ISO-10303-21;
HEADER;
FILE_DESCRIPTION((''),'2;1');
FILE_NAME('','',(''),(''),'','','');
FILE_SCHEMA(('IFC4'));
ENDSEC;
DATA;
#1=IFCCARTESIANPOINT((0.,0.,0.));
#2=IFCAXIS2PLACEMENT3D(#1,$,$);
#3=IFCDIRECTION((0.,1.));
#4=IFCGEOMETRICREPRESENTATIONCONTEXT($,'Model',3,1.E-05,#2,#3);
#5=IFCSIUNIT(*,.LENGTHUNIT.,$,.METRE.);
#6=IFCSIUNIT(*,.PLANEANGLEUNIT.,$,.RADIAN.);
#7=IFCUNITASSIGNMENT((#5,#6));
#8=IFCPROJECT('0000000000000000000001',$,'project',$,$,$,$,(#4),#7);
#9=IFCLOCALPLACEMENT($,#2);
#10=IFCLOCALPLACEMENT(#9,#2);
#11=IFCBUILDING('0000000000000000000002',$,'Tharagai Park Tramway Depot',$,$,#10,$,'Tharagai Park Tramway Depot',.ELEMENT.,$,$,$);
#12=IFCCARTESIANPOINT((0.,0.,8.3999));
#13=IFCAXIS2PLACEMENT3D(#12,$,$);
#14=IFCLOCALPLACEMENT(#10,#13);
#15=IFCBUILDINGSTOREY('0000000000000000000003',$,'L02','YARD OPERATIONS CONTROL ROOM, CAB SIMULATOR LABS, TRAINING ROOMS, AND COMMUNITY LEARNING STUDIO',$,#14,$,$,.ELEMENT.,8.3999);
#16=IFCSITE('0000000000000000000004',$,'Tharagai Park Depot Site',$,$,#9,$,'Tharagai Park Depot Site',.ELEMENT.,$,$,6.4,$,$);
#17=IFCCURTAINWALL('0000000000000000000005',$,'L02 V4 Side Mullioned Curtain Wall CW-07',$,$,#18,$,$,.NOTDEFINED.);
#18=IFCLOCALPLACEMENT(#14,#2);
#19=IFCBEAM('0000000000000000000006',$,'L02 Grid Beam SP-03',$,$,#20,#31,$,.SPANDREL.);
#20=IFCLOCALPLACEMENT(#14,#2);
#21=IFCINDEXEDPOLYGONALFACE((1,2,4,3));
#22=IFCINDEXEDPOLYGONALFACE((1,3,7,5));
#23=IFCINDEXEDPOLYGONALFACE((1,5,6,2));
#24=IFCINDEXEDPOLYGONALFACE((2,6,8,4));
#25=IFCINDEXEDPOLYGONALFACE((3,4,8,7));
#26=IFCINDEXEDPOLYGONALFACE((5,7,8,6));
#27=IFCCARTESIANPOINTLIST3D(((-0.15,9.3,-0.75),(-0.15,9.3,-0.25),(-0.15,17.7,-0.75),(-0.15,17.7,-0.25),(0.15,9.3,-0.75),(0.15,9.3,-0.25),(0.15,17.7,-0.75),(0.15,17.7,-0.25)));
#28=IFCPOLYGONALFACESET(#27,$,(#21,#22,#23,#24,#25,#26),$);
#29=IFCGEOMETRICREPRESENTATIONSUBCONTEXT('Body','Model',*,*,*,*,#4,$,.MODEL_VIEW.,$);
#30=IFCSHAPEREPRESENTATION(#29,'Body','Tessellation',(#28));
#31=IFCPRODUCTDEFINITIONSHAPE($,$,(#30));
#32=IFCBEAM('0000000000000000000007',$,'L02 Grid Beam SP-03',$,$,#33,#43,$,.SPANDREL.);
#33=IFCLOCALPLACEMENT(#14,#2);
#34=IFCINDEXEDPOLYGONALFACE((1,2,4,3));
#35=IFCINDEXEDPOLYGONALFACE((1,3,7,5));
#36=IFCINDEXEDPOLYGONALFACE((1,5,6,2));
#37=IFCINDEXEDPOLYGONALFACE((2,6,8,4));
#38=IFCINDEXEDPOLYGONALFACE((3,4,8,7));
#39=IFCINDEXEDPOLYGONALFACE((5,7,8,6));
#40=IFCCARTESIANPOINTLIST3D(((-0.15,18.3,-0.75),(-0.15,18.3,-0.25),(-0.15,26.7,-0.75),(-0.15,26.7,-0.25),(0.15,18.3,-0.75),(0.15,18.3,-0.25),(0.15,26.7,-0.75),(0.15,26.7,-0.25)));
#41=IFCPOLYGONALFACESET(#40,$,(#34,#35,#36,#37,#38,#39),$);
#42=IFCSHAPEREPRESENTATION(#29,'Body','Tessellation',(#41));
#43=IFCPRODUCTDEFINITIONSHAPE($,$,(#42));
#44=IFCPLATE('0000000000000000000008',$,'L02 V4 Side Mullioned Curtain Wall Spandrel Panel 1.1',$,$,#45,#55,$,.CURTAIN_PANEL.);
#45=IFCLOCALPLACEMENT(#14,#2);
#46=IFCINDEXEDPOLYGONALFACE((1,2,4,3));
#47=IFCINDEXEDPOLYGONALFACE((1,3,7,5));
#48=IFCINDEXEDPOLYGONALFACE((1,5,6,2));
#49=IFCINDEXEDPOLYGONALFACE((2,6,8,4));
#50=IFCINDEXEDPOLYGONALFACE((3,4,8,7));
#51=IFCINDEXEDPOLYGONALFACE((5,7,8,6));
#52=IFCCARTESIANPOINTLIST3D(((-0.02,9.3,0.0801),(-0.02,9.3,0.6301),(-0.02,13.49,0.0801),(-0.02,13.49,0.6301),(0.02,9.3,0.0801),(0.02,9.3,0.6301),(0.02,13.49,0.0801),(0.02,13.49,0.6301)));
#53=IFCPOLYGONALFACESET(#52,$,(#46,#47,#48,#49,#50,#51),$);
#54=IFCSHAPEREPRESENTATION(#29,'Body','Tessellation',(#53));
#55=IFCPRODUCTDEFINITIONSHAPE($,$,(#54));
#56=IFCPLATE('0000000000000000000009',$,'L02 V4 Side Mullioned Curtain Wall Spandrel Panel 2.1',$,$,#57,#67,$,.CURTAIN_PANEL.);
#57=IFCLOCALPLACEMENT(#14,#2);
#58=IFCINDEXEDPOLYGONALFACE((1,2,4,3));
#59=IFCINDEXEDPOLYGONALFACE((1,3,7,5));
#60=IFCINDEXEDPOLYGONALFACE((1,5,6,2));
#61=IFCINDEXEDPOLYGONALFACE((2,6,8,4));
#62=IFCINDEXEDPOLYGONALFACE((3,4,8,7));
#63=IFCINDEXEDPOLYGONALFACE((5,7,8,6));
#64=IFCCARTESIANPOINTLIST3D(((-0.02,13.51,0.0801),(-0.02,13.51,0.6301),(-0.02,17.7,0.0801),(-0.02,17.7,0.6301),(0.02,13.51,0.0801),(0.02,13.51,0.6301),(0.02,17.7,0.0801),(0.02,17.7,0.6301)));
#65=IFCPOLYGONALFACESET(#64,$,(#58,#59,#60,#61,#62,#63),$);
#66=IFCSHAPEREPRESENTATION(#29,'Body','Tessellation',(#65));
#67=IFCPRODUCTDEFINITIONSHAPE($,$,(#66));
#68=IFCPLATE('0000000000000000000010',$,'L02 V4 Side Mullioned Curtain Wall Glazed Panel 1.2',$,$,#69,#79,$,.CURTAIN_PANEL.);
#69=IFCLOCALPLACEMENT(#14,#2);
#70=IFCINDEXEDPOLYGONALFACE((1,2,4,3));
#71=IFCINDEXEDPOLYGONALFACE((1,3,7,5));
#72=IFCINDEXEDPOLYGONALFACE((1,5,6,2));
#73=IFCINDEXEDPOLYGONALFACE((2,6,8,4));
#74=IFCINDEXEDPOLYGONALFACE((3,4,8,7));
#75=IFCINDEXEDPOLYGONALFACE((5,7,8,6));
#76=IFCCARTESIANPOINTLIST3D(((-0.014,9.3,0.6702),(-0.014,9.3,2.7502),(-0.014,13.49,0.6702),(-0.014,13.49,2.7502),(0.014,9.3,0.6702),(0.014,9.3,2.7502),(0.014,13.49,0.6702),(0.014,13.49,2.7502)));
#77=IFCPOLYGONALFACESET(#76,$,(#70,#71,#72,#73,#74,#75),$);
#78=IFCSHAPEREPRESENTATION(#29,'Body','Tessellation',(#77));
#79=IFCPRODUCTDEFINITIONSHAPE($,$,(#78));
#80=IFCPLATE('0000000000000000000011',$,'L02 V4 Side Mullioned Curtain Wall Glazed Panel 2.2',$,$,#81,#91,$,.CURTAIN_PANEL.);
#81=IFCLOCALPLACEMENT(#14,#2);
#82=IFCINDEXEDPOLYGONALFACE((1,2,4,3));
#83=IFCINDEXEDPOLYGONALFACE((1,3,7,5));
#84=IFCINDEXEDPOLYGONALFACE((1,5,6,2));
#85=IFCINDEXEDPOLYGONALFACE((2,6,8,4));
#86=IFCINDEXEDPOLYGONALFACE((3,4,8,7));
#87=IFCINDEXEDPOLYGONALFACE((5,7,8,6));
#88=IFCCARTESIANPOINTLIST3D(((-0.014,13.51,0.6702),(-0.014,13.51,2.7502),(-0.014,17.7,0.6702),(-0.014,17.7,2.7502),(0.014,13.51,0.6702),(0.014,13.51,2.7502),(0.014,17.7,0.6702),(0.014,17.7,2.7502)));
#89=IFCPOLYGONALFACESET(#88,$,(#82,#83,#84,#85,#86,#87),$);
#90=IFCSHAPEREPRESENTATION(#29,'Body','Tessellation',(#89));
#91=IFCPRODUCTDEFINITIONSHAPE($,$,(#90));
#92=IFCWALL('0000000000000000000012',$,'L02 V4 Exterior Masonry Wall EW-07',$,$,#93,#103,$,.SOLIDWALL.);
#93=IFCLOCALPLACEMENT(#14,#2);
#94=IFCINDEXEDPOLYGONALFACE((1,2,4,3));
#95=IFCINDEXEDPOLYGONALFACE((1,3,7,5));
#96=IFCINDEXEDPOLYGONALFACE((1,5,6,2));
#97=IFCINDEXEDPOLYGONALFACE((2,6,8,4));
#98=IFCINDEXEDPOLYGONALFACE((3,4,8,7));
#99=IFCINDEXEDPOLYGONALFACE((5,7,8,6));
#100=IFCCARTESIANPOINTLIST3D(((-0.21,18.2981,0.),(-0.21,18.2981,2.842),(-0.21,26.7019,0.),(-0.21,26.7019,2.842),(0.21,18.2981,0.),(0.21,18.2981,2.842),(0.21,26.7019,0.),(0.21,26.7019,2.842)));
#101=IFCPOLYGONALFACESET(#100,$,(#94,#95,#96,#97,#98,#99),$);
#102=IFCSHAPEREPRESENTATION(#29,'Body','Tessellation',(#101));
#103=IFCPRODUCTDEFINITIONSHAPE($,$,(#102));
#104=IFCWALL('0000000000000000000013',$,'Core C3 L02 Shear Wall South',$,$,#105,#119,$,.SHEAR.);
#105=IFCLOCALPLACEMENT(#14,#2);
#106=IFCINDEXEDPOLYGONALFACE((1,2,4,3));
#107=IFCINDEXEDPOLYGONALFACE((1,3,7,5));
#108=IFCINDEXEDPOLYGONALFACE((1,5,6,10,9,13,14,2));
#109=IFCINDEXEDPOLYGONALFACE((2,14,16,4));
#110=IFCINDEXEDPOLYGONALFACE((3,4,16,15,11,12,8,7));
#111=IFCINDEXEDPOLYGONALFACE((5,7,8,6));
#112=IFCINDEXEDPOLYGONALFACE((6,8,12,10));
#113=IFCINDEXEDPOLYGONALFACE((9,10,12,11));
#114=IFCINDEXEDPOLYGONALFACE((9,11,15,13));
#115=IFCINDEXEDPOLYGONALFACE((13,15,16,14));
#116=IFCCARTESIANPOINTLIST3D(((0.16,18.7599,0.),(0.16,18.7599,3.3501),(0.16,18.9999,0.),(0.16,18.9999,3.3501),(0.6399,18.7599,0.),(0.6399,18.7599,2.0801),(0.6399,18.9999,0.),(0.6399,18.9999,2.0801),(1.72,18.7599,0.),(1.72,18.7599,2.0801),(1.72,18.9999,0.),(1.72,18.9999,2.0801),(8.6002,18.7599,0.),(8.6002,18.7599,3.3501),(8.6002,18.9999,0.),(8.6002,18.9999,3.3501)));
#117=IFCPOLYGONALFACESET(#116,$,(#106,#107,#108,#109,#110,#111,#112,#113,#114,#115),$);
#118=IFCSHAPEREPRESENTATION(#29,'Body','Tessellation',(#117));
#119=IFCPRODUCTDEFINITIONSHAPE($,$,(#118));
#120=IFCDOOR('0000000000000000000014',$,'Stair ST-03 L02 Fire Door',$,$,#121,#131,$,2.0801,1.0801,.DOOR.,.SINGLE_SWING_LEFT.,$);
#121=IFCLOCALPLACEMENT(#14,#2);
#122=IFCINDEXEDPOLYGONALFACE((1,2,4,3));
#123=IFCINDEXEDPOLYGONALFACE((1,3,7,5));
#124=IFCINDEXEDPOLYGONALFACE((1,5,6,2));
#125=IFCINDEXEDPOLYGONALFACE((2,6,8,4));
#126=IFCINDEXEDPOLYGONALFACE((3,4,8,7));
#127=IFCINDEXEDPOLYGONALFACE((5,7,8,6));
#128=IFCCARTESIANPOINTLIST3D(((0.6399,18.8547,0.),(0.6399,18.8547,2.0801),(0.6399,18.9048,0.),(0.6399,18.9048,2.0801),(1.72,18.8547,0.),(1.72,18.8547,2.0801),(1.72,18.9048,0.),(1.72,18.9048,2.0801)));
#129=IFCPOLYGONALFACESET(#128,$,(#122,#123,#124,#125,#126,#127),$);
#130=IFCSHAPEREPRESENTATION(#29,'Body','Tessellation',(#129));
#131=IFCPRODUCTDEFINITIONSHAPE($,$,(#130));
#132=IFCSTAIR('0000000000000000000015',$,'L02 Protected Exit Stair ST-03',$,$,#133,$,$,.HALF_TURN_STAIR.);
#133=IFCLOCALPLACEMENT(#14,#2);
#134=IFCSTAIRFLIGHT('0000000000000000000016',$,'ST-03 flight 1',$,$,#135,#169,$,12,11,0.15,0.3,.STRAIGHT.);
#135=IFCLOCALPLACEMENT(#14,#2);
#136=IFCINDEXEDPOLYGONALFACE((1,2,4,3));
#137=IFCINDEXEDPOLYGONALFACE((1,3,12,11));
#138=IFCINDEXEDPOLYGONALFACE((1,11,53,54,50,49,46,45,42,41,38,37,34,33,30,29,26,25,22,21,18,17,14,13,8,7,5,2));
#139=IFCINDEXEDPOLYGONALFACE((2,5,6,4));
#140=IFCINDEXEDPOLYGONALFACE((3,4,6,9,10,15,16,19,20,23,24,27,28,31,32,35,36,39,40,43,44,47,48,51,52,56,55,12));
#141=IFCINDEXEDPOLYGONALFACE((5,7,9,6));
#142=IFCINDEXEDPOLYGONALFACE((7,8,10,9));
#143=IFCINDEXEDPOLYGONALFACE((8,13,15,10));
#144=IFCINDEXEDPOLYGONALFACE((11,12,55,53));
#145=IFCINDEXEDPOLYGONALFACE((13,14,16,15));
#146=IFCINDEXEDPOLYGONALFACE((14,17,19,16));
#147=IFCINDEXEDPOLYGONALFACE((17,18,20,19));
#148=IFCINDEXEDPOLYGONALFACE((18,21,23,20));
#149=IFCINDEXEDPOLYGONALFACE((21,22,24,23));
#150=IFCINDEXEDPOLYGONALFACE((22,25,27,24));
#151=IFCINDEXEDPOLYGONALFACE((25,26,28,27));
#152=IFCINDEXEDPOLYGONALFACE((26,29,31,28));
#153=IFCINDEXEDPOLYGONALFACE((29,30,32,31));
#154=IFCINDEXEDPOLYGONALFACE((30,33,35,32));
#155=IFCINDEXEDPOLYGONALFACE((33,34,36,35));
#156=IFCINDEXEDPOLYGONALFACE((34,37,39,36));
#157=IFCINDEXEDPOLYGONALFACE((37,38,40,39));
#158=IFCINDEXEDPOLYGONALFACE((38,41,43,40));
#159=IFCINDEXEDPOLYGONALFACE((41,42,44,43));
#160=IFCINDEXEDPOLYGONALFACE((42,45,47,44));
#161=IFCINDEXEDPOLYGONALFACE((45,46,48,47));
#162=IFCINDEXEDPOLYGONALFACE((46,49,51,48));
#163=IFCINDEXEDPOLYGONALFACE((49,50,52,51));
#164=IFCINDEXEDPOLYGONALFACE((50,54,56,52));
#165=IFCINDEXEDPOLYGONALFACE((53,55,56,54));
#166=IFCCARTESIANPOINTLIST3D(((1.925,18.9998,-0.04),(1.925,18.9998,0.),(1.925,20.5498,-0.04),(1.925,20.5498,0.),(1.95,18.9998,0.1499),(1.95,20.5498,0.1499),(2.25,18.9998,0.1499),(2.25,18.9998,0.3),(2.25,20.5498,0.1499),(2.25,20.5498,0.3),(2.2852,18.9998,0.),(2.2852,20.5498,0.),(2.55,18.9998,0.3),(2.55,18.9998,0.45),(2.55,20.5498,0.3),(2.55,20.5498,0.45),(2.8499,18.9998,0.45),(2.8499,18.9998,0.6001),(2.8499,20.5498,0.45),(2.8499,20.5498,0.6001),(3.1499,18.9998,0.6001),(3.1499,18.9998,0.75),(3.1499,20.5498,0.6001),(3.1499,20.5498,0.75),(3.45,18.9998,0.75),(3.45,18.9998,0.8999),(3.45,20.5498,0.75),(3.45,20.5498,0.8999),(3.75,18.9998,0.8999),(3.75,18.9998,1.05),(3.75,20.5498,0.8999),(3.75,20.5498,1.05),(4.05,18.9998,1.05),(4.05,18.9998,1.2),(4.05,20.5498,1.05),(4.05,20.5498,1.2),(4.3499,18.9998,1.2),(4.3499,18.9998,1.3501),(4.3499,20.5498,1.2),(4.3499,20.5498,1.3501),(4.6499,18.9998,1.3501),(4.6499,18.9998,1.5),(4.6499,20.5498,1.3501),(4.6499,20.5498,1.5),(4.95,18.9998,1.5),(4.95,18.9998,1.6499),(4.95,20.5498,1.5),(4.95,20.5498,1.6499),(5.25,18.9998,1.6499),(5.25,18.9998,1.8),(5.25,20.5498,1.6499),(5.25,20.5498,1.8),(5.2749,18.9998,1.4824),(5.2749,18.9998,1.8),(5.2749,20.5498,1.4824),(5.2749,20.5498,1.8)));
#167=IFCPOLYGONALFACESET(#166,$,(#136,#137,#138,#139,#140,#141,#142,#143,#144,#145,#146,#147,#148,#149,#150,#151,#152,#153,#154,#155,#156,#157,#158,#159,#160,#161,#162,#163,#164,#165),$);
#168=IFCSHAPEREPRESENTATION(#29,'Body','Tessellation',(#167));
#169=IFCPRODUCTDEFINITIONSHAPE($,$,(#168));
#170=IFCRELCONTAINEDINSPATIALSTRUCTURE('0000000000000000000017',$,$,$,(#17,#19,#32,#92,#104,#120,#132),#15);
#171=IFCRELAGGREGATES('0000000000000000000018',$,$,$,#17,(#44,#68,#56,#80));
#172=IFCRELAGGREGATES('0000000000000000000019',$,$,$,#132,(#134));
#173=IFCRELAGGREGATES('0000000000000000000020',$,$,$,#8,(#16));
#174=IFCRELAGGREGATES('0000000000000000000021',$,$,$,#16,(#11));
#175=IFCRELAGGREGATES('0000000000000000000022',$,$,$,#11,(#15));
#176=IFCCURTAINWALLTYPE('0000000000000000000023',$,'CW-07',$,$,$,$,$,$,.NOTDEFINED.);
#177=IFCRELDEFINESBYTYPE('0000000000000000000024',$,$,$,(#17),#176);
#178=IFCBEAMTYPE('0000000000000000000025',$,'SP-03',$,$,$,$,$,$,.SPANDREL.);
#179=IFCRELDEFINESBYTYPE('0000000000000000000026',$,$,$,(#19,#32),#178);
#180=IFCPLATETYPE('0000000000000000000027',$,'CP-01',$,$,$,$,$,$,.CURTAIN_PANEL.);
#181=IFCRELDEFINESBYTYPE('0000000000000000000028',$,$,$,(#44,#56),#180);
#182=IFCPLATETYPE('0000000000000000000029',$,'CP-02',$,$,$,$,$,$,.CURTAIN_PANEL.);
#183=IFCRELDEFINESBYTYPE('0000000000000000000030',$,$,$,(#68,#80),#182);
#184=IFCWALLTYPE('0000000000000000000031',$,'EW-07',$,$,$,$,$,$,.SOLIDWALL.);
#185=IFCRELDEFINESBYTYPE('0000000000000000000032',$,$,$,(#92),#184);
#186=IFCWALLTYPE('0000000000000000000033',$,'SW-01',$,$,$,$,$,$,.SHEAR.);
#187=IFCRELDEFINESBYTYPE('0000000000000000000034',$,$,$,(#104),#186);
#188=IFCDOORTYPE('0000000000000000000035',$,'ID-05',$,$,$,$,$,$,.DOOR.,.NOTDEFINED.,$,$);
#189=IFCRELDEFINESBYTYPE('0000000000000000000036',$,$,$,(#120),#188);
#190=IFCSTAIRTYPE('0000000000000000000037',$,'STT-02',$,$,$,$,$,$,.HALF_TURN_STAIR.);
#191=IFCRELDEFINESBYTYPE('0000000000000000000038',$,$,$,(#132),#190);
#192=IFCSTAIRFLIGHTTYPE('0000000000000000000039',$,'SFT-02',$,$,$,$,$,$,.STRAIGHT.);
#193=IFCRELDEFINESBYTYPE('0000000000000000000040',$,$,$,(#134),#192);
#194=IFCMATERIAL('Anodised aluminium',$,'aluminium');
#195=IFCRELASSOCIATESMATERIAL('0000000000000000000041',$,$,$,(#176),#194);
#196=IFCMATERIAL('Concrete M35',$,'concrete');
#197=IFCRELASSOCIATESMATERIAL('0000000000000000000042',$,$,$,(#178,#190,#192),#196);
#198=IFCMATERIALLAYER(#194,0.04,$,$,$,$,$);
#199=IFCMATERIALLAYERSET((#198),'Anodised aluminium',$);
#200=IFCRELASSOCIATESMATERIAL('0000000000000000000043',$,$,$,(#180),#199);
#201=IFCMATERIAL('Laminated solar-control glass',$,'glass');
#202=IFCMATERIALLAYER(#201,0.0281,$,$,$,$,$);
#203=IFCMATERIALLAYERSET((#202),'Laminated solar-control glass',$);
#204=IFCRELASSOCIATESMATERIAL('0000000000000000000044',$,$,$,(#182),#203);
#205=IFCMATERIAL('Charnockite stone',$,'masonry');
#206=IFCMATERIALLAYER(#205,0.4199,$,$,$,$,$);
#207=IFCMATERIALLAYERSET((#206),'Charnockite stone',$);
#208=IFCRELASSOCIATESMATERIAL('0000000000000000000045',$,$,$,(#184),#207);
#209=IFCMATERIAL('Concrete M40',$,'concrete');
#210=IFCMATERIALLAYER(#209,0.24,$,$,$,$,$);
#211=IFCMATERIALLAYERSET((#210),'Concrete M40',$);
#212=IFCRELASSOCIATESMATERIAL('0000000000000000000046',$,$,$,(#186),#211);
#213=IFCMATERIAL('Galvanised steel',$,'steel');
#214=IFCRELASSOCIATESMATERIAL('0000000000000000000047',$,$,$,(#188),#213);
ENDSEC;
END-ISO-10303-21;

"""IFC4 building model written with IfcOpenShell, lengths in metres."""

from ifc_helpers import new_model, si_unit, direction, frame, frame_2d, origin, origin_2d, place, context, subcontext, project, spatial, polyline, rectangle, outline, extrude, material, layer, layer_set, material_profile, profile_set, type_object, element, fill, aggregate, save


model = new_model("IFC4")

# Units and contexts
model_context = context("Model", 3, precision=1e-05, world=origin(), true_north=direction((0.0, 1.0)))
body_context = subcontext(model_context, "Body", "Model", "MODEL_VIEW")
ifc_project = project(units=[si_unit("LENGTHUNIT", "METRE"), si_unit("PLANEANGLEUNIT", "RADIAN")], contexts=[model_context])

# Site, building, storey
site_placement = place(None, origin())
site = spatial("IfcSite", under=ifc_project, at=site_placement, Name="Tharagai Park Depot Site", LongName="Tharagai Park Depot Site", CompositionType="ELEMENT", RefElevation=6.4)
building_placement = place(site_placement, origin())
building = spatial("IfcBuilding", under=site, at=building_placement, Name="Tharagai Park Tramway Depot", LongName="Tharagai Park Tramway Depot", CompositionType="ELEMENT")
storey_placement = place(building_placement, frame((0.0, 0.0, 8.3999)))
storey = spatial("IfcBuildingStorey", under=building, at=storey_placement, Name="L02", Description="YARD OPERATIONS CONTROL ROOM, CAB SIMULATOR LABS, TRAINING ROOMS, AND COMMUNITY LEARNING STUDIO", CompositionType="ELEMENT", Elevation=8.3999)

# Shared definitions
ifc_material_1 = material(Name="Concrete M40", Category="concrete")

# Shared definitions
ifc_material_2 = material(Name="Concrete M35", Category="concrete")

# Curtain wall
ifc_material_3 = material(Name="Anodised aluminium", Category="aluminium")
curtain_wall_type = type_object("IfcCurtainWallType", Name="CW-07", PredefinedType="NOTDEFINED", material=ifc_material_3)
curtain_wall_placement = place(storey_placement, origin())
curtain_wall = element("IfcCurtainWall", 1, at=curtain_wall_placement, inside=storey, type_object=curtain_wall_type, Name="L02 V4 Side Mullioned Curtain Wall CW-07", PredefinedType="NOTDEFINED")

# Beams
ifc_material_profile_1 = material_profile(ifc_material_2, rectangle(XDim=0.3, YDim=0.5, at=origin_2d()), Name="RC 300x500")
ifc_profile_set_1 = profile_set([ifc_material_profile_1], Name="Concrete M35")
beam_type_1 = type_object("IfcBeamType", Name="SP-03", PredefinedType="SPANDREL", material=ifc_profile_set_1)
for number, where, z_axis, x_axis, name in (
    (2, (0.0, 9.3, -0.5), (0.0, 1.0, 0.0), (-1.0, 0.0, 0.0), "L02 Grid Beam SP-03"),
    (3, (0.0, 18.3, -0.5), (0.0, 1.0, 0.0), (-1.0, 0.0, 0.0), "L02 Grid Beam SP-03"),
):
    element("IfcBeam", number, at=place(storey_placement, frame(where, z_axis=z_axis, x_axis=x_axis)), inside=storey, type_object=beam_type_1, Name=name, PredefinedType="SPANDREL", context=body_context, shape_type="SweptSolid", body=[
        extrude(rectangle(XDim=0.3, YDim=0.5, at=origin_2d()), origin(), (0.0, 0.0, 1.0), 8.3999),
    ])

# Plates
ifc_layer_1 = layer(ifc_material_3, 0.04)
ifc_layer_set_1 = layer_set([ifc_layer_1], Name="Anodised aluminium")
plate_type_1 = type_object("IfcPlateType", Name="CP-01", PredefinedType="CURTAIN_PANEL", material=ifc_layer_set_1)
plate_1_placement = place(storey_placement, frame((0.0, 11.395, 0.0801), z_axis=(0.0, 0.0, 1.0), x_axis=(0.0, 1.0, 0.0)))
plate_1 = element("IfcPlate", 4, at=plate_1_placement, type_object=plate_type_1, Name="L02 V4 Side Mullioned Curtain Wall Spandrel Panel 1.1", PredefinedType="CURTAIN_PANEL", context=body_context, shape_type="SweptSolid", body=[
    extrude(rectangle(XDim=4.1899, YDim=0.04, at=origin_2d()), origin(), (0.0, 0.0, 1.0), 0.55),
])
plate_2_placement = place(storey_placement, frame((0.0, 15.605, 0.0801), z_axis=(0.0, 0.0, 1.0), x_axis=(0.0, 1.0, 0.0)))
plate_2 = element("IfcPlate", 5, at=plate_2_placement, type_object=plate_type_1, Name="L02 V4 Side Mullioned Curtain Wall Spandrel Panel 2.1", PredefinedType="CURTAIN_PANEL", context=body_context, shape_type="SweptSolid", body=[
    extrude(rectangle(XDim=4.1899, YDim=0.04, at=origin_2d()), origin(), (0.0, 0.0, 1.0), 0.55),
])
ifc_material_4 = material(Name="Laminated solar-control glass", Category="glass")
ifc_layer_2 = layer(ifc_material_4, 0.0281)
ifc_layer_set_2 = layer_set([ifc_layer_2], Name="Laminated solar-control glass")
plate_type_2 = type_object("IfcPlateType", Name="CP-02", PredefinedType="CURTAIN_PANEL", material=ifc_layer_set_2)
plate_3_placement = place(storey_placement, frame((0.0, 11.395, 0.6702), z_axis=(0.0, 0.0, 1.0), x_axis=(0.0, 1.0, 0.0)))
plate_3 = element("IfcPlate", 6, at=plate_3_placement, type_object=plate_type_2, Name="L02 V4 Side Mullioned Curtain Wall Glazed Panel 1.2", PredefinedType="CURTAIN_PANEL", context=body_context, shape_type="SweptSolid", body=[
    extrude(rectangle(XDim=4.1899, YDim=0.0281, at=origin_2d()), origin(), (0.0, 0.0, 1.0), 2.0801),
])
plate_4_placement = place(storey_placement, frame((0.0, 15.605, 0.6702), z_axis=(0.0, 0.0, 1.0), x_axis=(0.0, 1.0, 0.0)))
plate_4 = element("IfcPlate", 7, at=plate_4_placement, type_object=plate_type_2, Name="L02 V4 Side Mullioned Curtain Wall Glazed Panel 2.2", PredefinedType="CURTAIN_PANEL", context=body_context, shape_type="SweptSolid", body=[
    extrude(rectangle(XDim=4.1899, YDim=0.0281, at=origin_2d()), origin(), (0.0, 0.0, 1.0), 2.0801),
])
aggregate(curtain_wall, [plate_1, plate_3, plate_2, plate_4])

# Wall
ifc_material_5 = material(Name="Charnockite stone", Category="masonry")
ifc_layer_3 = layer(ifc_material_5, 0.4199)
ifc_layer_set_3 = layer_set([ifc_layer_3], Name="Charnockite stone")
wall_type_1 = type_object("IfcWallType", Name="EW-07", PredefinedType="SOLIDWALL", material=ifc_layer_set_3)
wall_1_placement = place(storey_placement, frame((0.0, 18.2981, 0.0), z_axis=(0.0, 0.0, 1.0), x_axis=(0.0, 1.0, 0.0)))
element("IfcWall", 8, at=wall_1_placement, inside=storey, type_object=wall_type_1, Name="L02 V4 Exterior Masonry Wall EW-07", PredefinedType="SOLIDWALL", context=body_context, shape_type="SweptSolid", body=[
    extrude(rectangle(XDim=8.4038, YDim=0.4199, at=frame_2d((4.2019, 0.0))), origin(), (0.0, 0.0, 1.0), 2.842),
])

# Wall, opening, door
ifc_layer_4 = layer(ifc_material_1, 0.24)
ifc_layer_set_4 = layer_set([ifc_layer_4], Name="Concrete M40")
wall_type_2 = type_object("IfcWallType", Name="SW-01", PredefinedType="SHEAR", material=ifc_layer_set_4)
wall_2_placement = place(storey_placement, frame((0.1599, 18.8799, 0.0), z_axis=(0.0, 0.0, 1.0), x_axis=(1.0, 0.0, 0.0)))
wall_2 = element("IfcWall", 9, at=wall_2_placement, inside=storey, type_object=wall_type_2, Name="Core C3 L02 Shear Wall South", PredefinedType="SHEAR", context=body_context, shape_type="SweptSolid", body=[
    extrude(rectangle(XDim=8.4402, YDim=0.24, at=frame_2d((4.2202, 0.0))), origin(), (0.0, 0.0, 1.0), 3.3501),
])
opening_placement = place(wall_2_placement, frame((0.48, 0.0, 0.0)))
opening = element("IfcOpeningElement", 10, at=opening_placement, cuts=wall_2, PredefinedType="OPENING", context=body_context, shape_type="SweptSolid", body=[
    extrude(rectangle(XDim=1.0801, YDim=2.0801, at=frame_2d((0.54, 1.04))), frame((0.0, 0.1299, 0.0), z_axis=(0.0, -1.0, 0.0), x_axis=(1.0, 0.0, 0.0)), (0.0, 0.0, 1.0), 0.26),
])
ifc_material_6 = material(Name="Galvanised steel", Category="steel")
door_type = type_object("IfcDoorType", Name="ID-05", OperationType="NOTDEFINED", PredefinedType="DOOR", material=ifc_material_6)
door_placement = place(opening_placement, origin())
door = element("IfcDoor", 11, at=door_placement, inside=storey, type_object=door_type, Name="Stair ST-03 L02 Fire Door", OperationType="SINGLE_SWING_LEFT", OverallHeight=2.0801, OverallWidth=1.0801, PredefinedType="DOOR", context=body_context, shape_type="SweptSolid", body=[
    extrude(rectangle(XDim=1.0801, YDim=2.0801, at=frame_2d((0.54, 1.04))), frame((0.0, 0.0249, 0.0), z_axis=(0.0, -1.0, 0.0), x_axis=(1.0, 0.0, 0.0)), (0.0, 0.0, 1.0), 0.05),
])
fill(opening, door)

# Stair, stair flight
stair_type = type_object("IfcStairType", Name="STT-02", PredefinedType="HALF_TURN_STAIR", material=ifc_material_2)
stair_placement = place(storey_placement, origin())
stair = element("IfcStair", 12, at=stair_placement, inside=storey, type_object=stair_type, Name="L02 Protected Exit Stair ST-03", PredefinedType="HALF_TURN_STAIR")
stair_flight_type = type_object("IfcStairFlightType", Name="SFT-02", PredefinedType="STRAIGHT", material=ifc_material_2)
stair_flight_placement = place(storey_placement, frame((1.95, 19.7749, 0.0), z_axis=(0.0, 0.0, 1.0), x_axis=(1.0, 0.0, 0.0)))
stair_flight = element("IfcStairFlight", 13, at=stair_flight_placement, type_object=stair_flight_type, Name="ST-03 flight 1", NumberOfRisers=12, NumberOfTreads=11, PredefinedType="STRAIGHT", RiserHeight=0.15, TreadLength=0.3, context=body_context, shape_type="SweptSolid", body=[
    extrude(outline(polyline([(-0.0249, 0.0), (0.0, 0.1499), (0.3, 0.1499), (0.3, 0.3), (0.6001, 0.3), (0.6001, 0.45), (0.8999, 0.45), (0.8999, 0.6001), (1.2, 0.6001), (1.2, 0.75), (1.5, 0.75), (1.5, 0.8999), (1.8, 0.8999), (1.8, 1.05), (2.1001, 1.05), (2.1001, 1.2), (2.3999, 1.2), (2.3999, 1.3501), (2.7, 1.3501), (2.7, 1.5), (3.0, 1.5), (3.0, 1.6499), (3.3, 1.6499), (3.3, 1.8), (3.325, 1.8), (3.325, 1.4824), (0.3352, 0.0), (-0.0249, -0.04), (-0.0249, 0.0)])), frame((0.0, 0.7749, 0.0), z_axis=(0.0, -1.0, 0.0), x_axis=(1.0, 0.0, 0.0)), (0.0, 0.0, 1.0), 1.55),
])
aggregate(stair, [stair_flight])

save(model, "model.ifc")
